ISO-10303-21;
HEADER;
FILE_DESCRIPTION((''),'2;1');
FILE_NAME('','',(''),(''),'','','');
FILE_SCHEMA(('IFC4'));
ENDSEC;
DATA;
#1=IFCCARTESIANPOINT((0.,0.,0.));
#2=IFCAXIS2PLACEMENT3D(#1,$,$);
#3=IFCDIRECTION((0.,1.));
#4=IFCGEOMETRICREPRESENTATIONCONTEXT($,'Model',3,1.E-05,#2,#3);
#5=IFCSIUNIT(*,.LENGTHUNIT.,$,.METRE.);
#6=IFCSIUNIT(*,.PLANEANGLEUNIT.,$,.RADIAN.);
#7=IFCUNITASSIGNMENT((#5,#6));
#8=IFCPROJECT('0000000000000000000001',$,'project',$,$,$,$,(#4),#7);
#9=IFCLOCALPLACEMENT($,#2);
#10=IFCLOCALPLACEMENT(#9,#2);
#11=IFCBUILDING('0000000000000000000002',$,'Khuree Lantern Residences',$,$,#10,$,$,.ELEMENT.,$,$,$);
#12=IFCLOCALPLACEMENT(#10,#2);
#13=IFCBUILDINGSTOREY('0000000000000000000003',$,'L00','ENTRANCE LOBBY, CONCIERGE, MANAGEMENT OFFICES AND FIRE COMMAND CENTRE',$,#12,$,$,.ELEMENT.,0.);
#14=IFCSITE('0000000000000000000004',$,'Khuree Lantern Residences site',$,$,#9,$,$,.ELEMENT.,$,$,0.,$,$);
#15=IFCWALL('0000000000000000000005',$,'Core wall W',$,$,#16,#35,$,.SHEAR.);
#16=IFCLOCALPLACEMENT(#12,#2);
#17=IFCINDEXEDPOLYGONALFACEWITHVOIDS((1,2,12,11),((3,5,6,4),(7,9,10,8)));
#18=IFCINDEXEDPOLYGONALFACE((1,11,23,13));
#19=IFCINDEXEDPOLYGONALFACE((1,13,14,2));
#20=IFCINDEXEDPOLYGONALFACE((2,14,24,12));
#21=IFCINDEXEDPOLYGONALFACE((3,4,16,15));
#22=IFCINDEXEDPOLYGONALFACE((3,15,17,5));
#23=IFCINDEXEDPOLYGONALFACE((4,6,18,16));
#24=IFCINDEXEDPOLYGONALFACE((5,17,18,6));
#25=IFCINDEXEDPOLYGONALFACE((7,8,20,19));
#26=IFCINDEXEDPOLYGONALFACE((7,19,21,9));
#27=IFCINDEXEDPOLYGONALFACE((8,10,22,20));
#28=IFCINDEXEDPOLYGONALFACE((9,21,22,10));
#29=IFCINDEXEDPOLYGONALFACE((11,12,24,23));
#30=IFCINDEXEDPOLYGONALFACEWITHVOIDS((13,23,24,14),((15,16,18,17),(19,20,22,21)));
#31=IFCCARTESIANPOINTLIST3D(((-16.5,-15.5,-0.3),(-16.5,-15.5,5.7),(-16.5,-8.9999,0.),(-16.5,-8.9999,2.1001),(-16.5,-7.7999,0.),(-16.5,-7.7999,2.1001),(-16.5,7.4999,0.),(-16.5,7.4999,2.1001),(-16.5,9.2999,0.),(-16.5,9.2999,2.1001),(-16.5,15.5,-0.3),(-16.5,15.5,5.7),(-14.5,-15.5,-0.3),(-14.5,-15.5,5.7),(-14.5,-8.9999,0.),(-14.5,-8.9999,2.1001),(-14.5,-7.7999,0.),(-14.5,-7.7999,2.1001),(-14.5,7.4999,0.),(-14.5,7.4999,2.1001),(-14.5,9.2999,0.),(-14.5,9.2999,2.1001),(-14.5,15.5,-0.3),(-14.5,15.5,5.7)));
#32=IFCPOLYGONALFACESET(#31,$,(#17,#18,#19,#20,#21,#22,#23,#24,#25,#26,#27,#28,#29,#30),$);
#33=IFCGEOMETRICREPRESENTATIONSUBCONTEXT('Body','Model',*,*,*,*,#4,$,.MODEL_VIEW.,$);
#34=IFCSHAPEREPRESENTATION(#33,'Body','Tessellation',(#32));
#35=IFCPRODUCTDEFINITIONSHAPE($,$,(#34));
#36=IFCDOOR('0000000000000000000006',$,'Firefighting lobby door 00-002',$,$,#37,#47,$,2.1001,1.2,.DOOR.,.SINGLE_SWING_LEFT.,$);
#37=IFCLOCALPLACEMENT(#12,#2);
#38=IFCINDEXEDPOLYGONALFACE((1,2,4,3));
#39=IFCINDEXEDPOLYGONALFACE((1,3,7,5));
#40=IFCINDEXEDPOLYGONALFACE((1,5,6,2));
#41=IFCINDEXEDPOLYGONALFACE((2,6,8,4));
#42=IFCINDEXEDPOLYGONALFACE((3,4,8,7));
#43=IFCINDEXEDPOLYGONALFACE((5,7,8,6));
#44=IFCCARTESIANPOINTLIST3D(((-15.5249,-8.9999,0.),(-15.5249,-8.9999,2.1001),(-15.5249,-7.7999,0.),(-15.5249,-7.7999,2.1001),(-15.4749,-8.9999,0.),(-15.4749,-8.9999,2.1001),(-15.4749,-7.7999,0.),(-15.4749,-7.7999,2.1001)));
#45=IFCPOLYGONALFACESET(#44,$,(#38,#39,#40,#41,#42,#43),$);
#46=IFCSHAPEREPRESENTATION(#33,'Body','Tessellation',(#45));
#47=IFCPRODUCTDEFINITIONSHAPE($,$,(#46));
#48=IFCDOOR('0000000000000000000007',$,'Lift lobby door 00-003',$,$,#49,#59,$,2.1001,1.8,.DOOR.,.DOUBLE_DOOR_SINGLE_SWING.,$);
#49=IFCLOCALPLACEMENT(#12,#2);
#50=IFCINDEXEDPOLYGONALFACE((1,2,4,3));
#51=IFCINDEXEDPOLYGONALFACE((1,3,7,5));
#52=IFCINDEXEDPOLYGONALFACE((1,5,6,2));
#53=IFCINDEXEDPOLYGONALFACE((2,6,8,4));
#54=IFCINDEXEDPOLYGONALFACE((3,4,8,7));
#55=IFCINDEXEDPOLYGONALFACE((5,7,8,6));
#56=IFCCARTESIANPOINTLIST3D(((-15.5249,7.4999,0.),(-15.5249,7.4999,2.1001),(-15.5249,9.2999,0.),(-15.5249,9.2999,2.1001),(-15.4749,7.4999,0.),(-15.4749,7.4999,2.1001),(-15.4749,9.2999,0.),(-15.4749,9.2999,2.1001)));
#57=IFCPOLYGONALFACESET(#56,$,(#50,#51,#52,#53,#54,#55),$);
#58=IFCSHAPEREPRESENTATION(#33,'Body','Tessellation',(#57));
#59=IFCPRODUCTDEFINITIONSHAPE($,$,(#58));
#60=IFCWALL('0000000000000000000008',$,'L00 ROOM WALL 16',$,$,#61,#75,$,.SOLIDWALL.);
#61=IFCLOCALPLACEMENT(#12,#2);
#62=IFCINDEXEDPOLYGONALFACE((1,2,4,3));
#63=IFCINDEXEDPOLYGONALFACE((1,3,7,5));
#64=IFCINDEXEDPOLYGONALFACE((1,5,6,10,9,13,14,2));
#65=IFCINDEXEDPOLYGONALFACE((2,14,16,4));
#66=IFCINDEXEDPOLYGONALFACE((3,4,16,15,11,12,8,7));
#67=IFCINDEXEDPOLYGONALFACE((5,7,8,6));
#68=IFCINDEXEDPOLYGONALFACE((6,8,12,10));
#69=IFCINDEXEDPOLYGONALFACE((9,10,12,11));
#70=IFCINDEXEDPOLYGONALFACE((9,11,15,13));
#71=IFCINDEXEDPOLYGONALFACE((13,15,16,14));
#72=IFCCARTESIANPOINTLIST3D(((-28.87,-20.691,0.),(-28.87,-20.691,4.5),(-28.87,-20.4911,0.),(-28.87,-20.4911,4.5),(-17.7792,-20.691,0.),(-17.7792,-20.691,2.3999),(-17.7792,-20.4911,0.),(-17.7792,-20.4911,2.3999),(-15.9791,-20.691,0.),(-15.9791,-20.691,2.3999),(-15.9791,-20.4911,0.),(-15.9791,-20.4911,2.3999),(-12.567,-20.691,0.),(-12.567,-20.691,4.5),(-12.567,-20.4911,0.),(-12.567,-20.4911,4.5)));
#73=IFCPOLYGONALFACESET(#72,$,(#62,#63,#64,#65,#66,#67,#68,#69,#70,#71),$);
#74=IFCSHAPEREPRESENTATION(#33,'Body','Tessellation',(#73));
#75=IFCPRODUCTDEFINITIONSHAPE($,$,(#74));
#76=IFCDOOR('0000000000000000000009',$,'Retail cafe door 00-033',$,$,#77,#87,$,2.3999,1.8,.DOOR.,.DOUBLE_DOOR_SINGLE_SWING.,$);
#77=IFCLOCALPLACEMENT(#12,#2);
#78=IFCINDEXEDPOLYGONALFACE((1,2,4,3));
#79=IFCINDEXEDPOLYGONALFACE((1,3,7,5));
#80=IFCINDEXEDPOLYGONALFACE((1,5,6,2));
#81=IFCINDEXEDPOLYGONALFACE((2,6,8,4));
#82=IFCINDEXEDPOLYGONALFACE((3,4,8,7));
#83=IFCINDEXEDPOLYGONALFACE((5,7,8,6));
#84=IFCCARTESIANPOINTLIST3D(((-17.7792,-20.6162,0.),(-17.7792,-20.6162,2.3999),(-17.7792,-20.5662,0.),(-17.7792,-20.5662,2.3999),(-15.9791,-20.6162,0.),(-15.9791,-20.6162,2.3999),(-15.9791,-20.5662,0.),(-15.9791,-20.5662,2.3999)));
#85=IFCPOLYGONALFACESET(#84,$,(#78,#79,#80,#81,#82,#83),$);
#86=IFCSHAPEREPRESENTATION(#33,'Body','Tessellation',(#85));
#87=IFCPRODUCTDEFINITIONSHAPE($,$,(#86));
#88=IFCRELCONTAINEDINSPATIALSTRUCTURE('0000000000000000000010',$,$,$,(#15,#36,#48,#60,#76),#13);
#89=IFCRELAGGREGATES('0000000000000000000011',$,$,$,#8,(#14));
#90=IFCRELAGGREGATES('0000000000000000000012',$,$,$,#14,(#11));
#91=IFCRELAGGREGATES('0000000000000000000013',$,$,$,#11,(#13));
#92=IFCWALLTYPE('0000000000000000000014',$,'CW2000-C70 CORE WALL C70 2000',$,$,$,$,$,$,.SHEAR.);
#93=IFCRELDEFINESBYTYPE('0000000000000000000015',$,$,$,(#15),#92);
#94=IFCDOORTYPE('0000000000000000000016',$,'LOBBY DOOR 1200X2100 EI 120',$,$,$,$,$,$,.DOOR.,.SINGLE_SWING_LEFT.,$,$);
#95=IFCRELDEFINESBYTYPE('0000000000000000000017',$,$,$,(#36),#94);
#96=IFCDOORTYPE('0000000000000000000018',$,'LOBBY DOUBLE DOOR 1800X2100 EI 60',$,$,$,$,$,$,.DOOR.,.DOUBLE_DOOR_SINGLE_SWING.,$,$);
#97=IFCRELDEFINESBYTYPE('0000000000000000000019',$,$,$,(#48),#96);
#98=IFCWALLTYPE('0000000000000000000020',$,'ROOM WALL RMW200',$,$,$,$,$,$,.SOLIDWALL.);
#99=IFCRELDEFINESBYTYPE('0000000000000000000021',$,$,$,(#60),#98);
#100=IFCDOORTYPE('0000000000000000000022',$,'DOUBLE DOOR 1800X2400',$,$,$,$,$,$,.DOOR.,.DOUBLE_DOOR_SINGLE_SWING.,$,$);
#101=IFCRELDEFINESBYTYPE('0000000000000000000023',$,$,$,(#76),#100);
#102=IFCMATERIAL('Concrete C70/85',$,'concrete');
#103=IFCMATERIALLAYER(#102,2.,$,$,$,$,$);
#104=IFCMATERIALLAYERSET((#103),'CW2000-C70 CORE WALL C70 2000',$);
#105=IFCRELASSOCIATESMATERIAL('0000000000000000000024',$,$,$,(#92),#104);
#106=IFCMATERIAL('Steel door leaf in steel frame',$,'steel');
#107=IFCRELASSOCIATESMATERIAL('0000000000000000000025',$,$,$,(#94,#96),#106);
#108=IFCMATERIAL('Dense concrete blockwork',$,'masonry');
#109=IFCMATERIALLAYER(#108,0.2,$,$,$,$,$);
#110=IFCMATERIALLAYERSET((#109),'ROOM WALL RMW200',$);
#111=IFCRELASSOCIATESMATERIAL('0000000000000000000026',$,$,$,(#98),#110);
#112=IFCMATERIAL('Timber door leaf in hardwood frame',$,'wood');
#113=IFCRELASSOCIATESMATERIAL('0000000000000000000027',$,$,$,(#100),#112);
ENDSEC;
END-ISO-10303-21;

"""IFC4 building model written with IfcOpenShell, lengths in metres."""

from ifc_helpers import new_model, si_unit, direction, frame, frame_2d, origin, place, context, subcontext, project, spatial, rectangle, extrude, material, layer, layer_set, type_object, element, fill, save


model = new_model("IFC4")

# Units and contexts
model_context = context("Model", 3, precision=1e-05, world=origin(), true_north=direction((0.0, 1.0)))
body_context = subcontext(model_context, "Body", "Model", "MODEL_VIEW")
ifc_project = project(units=[si_unit("LENGTHUNIT", "METRE"), si_unit("PLANEANGLEUNIT", "RADIAN")], contexts=[model_context])

# Site, building, storey
site_placement = place(None, origin())
site = spatial("IfcSite", under=ifc_project, at=site_placement, Name="Khuree Lantern Residences site", CompositionType="ELEMENT", RefElevation=0.0)
building_placement = place(site_placement, origin())
building = spatial("IfcBuilding", under=site, at=building_placement, Name="Khuree Lantern Residences", CompositionType="ELEMENT")
storey_placement = place(building_placement, origin())
storey = spatial("IfcBuildingStorey", under=building, at=storey_placement, Name="L00", Description="ENTRANCE LOBBY, CONCIERGE, MANAGEMENT OFFICES AND FIRE COMMAND CENTRE", CompositionType="ELEMENT", Elevation=0.0)

# Shared definitions
ifc_material_1 = material(Name="Concrete C70/85", Category="concrete")

# Shared definitions
ifc_material_2 = material(Name="Dense concrete blockwork", Category="masonry")

# Wall, openings, doors
ifc_layer_1 = layer(ifc_material_1, 2.0)
ifc_layer_set_1 = layer_set([ifc_layer_1], Name="CW2000-C70 CORE WALL C70 2000")
wall_type_1 = type_object("IfcWallType", Name="CW2000-C70 CORE WALL C70 2000", PredefinedType="SHEAR", material=ifc_layer_set_1)
wall_1_placement = place(storey_placement, frame((-15.5, -15.5, -0.3), z_axis=(0.0, 0.0, 1.0), x_axis=(0.0, 1.0, 0.0)))
wall_1 = element("IfcWall", 1, at=wall_1_placement, inside=storey, type_object=wall_type_1, Name="Core wall W", PredefinedType="SHEAR", context=body_context, shape_type="SweptSolid", body=[
    extrude(rectangle(XDim=31.0, YDim=2.0, at=frame_2d((15.5, 0.0))), origin(), (0.0, 0.0, 1.0), 6.0),
])
opening_1_placement = place(wall_1_placement, frame((6.5, 0.0, 0.3)))
opening_1 = element("IfcOpeningElement", 2, at=opening_1_placement, cuts=wall_1, PredefinedType="OPENING", context=body_context, shape_type="SweptSolid", body=[
    extrude(rectangle(XDim=1.2, YDim=2.1001, at=frame_2d((0.6001, 1.05))), frame((0.0, 1.01, 0.0), z_axis=(0.0, -1.0, 0.0), x_axis=(1.0, 0.0, 0.0)), (0.0, 0.0, 1.0), 2.02),
])
opening_2_placement = place(wall_1_placement, frame((23.0, 0.0, 0.3)))
opening_2 = element("IfcOpeningElement", 3, at=opening_2_placement, cuts=wall_1, PredefinedType="OPENING", context=body_context, shape_type="SweptSolid", body=[
    extrude(rectangle(XDim=1.8, YDim=2.1001, at=frame_2d((0.8999, 1.05))), frame((0.0, 1.01, 0.0), z_axis=(0.0, -1.0, 0.0), x_axis=(1.0, 0.0, 0.0)), (0.0, 0.0, 1.0), 2.02),
])
ifc_material_3 = material(Name="Steel door leaf in steel frame", Category="steel")
door_type_1 = type_object("IfcDoorType", Name="LOBBY DOOR 1200X2100 EI 120", OperationType="SINGLE_SWING_LEFT", PredefinedType="DOOR", material=ifc_material_3)
door_1_placement = place(opening_1_placement, origin())
door_1 = element("IfcDoor", 4, at=door_1_placement, inside=storey, type_object=door_type_1, Name="Firefighting lobby door 00-002", OperationType="SINGLE_SWING_LEFT", OverallHeight=2.1001, OverallWidth=1.2, PredefinedType="DOOR", context=body_context, shape_type="SweptSolid", body=[
    extrude(rectangle(XDim=1.2, YDim=2.1001, at=frame_2d((0.6001, 1.05))), frame((0.0, 0.0249, 0.0), z_axis=(0.0, -1.0, 0.0), x_axis=(1.0, 0.0, 0.0)), (0.0, 0.0, 1.0), 0.05),
])
fill(opening_1, door_1)
door_type_2 = type_object("IfcDoorType", Name="LOBBY DOUBLE DOOR 1800X2100 EI 60", OperationType="DOUBLE_DOOR_SINGLE_SWING", PredefinedType="DOOR", material=ifc_material_3)
door_2_placement = place(opening_2_placement, origin())
door_2 = element("IfcDoor", 5, at=door_2_placement, inside=storey, type_object=door_type_2, Name="Lift lobby door 00-003", OperationType="DOUBLE_DOOR_SINGLE_SWING", OverallHeight=2.1001, OverallWidth=1.8, PredefinedType="DOOR", context=body_context, shape_type="SweptSolid", body=[
    extrude(rectangle(XDim=1.8, YDim=2.1001, at=frame_2d((0.8999, 1.05))), frame((0.0, 0.0249, 0.0), z_axis=(0.0, -1.0, 0.0), x_axis=(1.0, 0.0, 0.0)), (0.0, 0.0, 1.0), 0.05),
])
fill(opening_2, door_2)

# Wall, opening, door
ifc_layer_2 = layer(ifc_material_2, 0.2)
ifc_layer_set_2 = layer_set([ifc_layer_2], Name="ROOM WALL RMW200")
wall_type_2 = type_object("IfcWallType", Name="ROOM WALL RMW200", PredefinedType="SOLIDWALL", material=ifc_layer_set_2)
wall_2_placement = place(storey_placement, frame((-28.8699, -20.5911, 0.0), z_axis=(0.0, 0.0, 1.0), x_axis=(1.0, 0.0, 0.0)))
wall_2 = element("IfcWall", 6, at=wall_2_placement, inside=storey, type_object=wall_type_2, Name="L00 ROOM WALL 16", PredefinedType="SOLIDWALL", context=body_context, shape_type="SweptSolid", body=[
    extrude(rectangle(XDim=16.303, YDim=0.2, at=frame_2d((8.1514, 0.0))), origin(), (0.0, 0.0, 1.0), 4.5),
])
opening_3_placement = place(wall_2_placement, frame((11.0908, 0.0, 0.0)))
opening_3 = element("IfcOpeningElement", 7, at=opening_3_placement, cuts=wall_2, PredefinedType="OPENING", context=body_context, shape_type="SweptSolid", body=[
    extrude(rectangle(XDim=1.8, YDim=2.3999, at=frame_2d((0.8999, 1.2))), frame((0.0, 0.1099, 0.0), z_axis=(0.0, -1.0, 0.0), x_axis=(1.0, 0.0, 0.0)), (0.0, 0.0, 1.0), 0.22),
])
ifc_material_4 = material(Name="Timber door leaf in hardwood frame", Category="wood")
door_type_3 = type_object("IfcDoorType", Name="DOUBLE DOOR 1800X2400", OperationType="DOUBLE_DOOR_SINGLE_SWING", PredefinedType="DOOR", material=ifc_material_4)
door_3_placement = place(opening_3_placement, origin())
door_3 = element("IfcDoor", 8, at=door_3_placement, inside=storey, type_object=door_type_3, Name="Retail cafe door 00-033", OperationType="DOUBLE_DOOR_SINGLE_SWING", OverallHeight=2.3999, OverallWidth=1.8, PredefinedType="DOOR", context=body_context, shape_type="SweptSolid", body=[
    extrude(rectangle(XDim=1.8, YDim=2.3999, at=frame_2d((0.8999, 1.2))), frame((0.0, 0.0249, 0.0), z_axis=(0.0, -1.0, 0.0), x_axis=(1.0, 0.0, 0.0)), (0.0, 0.0, 1.0), 0.05),
])
fill(opening_3, door_3)

save(model, "model.ifc")
